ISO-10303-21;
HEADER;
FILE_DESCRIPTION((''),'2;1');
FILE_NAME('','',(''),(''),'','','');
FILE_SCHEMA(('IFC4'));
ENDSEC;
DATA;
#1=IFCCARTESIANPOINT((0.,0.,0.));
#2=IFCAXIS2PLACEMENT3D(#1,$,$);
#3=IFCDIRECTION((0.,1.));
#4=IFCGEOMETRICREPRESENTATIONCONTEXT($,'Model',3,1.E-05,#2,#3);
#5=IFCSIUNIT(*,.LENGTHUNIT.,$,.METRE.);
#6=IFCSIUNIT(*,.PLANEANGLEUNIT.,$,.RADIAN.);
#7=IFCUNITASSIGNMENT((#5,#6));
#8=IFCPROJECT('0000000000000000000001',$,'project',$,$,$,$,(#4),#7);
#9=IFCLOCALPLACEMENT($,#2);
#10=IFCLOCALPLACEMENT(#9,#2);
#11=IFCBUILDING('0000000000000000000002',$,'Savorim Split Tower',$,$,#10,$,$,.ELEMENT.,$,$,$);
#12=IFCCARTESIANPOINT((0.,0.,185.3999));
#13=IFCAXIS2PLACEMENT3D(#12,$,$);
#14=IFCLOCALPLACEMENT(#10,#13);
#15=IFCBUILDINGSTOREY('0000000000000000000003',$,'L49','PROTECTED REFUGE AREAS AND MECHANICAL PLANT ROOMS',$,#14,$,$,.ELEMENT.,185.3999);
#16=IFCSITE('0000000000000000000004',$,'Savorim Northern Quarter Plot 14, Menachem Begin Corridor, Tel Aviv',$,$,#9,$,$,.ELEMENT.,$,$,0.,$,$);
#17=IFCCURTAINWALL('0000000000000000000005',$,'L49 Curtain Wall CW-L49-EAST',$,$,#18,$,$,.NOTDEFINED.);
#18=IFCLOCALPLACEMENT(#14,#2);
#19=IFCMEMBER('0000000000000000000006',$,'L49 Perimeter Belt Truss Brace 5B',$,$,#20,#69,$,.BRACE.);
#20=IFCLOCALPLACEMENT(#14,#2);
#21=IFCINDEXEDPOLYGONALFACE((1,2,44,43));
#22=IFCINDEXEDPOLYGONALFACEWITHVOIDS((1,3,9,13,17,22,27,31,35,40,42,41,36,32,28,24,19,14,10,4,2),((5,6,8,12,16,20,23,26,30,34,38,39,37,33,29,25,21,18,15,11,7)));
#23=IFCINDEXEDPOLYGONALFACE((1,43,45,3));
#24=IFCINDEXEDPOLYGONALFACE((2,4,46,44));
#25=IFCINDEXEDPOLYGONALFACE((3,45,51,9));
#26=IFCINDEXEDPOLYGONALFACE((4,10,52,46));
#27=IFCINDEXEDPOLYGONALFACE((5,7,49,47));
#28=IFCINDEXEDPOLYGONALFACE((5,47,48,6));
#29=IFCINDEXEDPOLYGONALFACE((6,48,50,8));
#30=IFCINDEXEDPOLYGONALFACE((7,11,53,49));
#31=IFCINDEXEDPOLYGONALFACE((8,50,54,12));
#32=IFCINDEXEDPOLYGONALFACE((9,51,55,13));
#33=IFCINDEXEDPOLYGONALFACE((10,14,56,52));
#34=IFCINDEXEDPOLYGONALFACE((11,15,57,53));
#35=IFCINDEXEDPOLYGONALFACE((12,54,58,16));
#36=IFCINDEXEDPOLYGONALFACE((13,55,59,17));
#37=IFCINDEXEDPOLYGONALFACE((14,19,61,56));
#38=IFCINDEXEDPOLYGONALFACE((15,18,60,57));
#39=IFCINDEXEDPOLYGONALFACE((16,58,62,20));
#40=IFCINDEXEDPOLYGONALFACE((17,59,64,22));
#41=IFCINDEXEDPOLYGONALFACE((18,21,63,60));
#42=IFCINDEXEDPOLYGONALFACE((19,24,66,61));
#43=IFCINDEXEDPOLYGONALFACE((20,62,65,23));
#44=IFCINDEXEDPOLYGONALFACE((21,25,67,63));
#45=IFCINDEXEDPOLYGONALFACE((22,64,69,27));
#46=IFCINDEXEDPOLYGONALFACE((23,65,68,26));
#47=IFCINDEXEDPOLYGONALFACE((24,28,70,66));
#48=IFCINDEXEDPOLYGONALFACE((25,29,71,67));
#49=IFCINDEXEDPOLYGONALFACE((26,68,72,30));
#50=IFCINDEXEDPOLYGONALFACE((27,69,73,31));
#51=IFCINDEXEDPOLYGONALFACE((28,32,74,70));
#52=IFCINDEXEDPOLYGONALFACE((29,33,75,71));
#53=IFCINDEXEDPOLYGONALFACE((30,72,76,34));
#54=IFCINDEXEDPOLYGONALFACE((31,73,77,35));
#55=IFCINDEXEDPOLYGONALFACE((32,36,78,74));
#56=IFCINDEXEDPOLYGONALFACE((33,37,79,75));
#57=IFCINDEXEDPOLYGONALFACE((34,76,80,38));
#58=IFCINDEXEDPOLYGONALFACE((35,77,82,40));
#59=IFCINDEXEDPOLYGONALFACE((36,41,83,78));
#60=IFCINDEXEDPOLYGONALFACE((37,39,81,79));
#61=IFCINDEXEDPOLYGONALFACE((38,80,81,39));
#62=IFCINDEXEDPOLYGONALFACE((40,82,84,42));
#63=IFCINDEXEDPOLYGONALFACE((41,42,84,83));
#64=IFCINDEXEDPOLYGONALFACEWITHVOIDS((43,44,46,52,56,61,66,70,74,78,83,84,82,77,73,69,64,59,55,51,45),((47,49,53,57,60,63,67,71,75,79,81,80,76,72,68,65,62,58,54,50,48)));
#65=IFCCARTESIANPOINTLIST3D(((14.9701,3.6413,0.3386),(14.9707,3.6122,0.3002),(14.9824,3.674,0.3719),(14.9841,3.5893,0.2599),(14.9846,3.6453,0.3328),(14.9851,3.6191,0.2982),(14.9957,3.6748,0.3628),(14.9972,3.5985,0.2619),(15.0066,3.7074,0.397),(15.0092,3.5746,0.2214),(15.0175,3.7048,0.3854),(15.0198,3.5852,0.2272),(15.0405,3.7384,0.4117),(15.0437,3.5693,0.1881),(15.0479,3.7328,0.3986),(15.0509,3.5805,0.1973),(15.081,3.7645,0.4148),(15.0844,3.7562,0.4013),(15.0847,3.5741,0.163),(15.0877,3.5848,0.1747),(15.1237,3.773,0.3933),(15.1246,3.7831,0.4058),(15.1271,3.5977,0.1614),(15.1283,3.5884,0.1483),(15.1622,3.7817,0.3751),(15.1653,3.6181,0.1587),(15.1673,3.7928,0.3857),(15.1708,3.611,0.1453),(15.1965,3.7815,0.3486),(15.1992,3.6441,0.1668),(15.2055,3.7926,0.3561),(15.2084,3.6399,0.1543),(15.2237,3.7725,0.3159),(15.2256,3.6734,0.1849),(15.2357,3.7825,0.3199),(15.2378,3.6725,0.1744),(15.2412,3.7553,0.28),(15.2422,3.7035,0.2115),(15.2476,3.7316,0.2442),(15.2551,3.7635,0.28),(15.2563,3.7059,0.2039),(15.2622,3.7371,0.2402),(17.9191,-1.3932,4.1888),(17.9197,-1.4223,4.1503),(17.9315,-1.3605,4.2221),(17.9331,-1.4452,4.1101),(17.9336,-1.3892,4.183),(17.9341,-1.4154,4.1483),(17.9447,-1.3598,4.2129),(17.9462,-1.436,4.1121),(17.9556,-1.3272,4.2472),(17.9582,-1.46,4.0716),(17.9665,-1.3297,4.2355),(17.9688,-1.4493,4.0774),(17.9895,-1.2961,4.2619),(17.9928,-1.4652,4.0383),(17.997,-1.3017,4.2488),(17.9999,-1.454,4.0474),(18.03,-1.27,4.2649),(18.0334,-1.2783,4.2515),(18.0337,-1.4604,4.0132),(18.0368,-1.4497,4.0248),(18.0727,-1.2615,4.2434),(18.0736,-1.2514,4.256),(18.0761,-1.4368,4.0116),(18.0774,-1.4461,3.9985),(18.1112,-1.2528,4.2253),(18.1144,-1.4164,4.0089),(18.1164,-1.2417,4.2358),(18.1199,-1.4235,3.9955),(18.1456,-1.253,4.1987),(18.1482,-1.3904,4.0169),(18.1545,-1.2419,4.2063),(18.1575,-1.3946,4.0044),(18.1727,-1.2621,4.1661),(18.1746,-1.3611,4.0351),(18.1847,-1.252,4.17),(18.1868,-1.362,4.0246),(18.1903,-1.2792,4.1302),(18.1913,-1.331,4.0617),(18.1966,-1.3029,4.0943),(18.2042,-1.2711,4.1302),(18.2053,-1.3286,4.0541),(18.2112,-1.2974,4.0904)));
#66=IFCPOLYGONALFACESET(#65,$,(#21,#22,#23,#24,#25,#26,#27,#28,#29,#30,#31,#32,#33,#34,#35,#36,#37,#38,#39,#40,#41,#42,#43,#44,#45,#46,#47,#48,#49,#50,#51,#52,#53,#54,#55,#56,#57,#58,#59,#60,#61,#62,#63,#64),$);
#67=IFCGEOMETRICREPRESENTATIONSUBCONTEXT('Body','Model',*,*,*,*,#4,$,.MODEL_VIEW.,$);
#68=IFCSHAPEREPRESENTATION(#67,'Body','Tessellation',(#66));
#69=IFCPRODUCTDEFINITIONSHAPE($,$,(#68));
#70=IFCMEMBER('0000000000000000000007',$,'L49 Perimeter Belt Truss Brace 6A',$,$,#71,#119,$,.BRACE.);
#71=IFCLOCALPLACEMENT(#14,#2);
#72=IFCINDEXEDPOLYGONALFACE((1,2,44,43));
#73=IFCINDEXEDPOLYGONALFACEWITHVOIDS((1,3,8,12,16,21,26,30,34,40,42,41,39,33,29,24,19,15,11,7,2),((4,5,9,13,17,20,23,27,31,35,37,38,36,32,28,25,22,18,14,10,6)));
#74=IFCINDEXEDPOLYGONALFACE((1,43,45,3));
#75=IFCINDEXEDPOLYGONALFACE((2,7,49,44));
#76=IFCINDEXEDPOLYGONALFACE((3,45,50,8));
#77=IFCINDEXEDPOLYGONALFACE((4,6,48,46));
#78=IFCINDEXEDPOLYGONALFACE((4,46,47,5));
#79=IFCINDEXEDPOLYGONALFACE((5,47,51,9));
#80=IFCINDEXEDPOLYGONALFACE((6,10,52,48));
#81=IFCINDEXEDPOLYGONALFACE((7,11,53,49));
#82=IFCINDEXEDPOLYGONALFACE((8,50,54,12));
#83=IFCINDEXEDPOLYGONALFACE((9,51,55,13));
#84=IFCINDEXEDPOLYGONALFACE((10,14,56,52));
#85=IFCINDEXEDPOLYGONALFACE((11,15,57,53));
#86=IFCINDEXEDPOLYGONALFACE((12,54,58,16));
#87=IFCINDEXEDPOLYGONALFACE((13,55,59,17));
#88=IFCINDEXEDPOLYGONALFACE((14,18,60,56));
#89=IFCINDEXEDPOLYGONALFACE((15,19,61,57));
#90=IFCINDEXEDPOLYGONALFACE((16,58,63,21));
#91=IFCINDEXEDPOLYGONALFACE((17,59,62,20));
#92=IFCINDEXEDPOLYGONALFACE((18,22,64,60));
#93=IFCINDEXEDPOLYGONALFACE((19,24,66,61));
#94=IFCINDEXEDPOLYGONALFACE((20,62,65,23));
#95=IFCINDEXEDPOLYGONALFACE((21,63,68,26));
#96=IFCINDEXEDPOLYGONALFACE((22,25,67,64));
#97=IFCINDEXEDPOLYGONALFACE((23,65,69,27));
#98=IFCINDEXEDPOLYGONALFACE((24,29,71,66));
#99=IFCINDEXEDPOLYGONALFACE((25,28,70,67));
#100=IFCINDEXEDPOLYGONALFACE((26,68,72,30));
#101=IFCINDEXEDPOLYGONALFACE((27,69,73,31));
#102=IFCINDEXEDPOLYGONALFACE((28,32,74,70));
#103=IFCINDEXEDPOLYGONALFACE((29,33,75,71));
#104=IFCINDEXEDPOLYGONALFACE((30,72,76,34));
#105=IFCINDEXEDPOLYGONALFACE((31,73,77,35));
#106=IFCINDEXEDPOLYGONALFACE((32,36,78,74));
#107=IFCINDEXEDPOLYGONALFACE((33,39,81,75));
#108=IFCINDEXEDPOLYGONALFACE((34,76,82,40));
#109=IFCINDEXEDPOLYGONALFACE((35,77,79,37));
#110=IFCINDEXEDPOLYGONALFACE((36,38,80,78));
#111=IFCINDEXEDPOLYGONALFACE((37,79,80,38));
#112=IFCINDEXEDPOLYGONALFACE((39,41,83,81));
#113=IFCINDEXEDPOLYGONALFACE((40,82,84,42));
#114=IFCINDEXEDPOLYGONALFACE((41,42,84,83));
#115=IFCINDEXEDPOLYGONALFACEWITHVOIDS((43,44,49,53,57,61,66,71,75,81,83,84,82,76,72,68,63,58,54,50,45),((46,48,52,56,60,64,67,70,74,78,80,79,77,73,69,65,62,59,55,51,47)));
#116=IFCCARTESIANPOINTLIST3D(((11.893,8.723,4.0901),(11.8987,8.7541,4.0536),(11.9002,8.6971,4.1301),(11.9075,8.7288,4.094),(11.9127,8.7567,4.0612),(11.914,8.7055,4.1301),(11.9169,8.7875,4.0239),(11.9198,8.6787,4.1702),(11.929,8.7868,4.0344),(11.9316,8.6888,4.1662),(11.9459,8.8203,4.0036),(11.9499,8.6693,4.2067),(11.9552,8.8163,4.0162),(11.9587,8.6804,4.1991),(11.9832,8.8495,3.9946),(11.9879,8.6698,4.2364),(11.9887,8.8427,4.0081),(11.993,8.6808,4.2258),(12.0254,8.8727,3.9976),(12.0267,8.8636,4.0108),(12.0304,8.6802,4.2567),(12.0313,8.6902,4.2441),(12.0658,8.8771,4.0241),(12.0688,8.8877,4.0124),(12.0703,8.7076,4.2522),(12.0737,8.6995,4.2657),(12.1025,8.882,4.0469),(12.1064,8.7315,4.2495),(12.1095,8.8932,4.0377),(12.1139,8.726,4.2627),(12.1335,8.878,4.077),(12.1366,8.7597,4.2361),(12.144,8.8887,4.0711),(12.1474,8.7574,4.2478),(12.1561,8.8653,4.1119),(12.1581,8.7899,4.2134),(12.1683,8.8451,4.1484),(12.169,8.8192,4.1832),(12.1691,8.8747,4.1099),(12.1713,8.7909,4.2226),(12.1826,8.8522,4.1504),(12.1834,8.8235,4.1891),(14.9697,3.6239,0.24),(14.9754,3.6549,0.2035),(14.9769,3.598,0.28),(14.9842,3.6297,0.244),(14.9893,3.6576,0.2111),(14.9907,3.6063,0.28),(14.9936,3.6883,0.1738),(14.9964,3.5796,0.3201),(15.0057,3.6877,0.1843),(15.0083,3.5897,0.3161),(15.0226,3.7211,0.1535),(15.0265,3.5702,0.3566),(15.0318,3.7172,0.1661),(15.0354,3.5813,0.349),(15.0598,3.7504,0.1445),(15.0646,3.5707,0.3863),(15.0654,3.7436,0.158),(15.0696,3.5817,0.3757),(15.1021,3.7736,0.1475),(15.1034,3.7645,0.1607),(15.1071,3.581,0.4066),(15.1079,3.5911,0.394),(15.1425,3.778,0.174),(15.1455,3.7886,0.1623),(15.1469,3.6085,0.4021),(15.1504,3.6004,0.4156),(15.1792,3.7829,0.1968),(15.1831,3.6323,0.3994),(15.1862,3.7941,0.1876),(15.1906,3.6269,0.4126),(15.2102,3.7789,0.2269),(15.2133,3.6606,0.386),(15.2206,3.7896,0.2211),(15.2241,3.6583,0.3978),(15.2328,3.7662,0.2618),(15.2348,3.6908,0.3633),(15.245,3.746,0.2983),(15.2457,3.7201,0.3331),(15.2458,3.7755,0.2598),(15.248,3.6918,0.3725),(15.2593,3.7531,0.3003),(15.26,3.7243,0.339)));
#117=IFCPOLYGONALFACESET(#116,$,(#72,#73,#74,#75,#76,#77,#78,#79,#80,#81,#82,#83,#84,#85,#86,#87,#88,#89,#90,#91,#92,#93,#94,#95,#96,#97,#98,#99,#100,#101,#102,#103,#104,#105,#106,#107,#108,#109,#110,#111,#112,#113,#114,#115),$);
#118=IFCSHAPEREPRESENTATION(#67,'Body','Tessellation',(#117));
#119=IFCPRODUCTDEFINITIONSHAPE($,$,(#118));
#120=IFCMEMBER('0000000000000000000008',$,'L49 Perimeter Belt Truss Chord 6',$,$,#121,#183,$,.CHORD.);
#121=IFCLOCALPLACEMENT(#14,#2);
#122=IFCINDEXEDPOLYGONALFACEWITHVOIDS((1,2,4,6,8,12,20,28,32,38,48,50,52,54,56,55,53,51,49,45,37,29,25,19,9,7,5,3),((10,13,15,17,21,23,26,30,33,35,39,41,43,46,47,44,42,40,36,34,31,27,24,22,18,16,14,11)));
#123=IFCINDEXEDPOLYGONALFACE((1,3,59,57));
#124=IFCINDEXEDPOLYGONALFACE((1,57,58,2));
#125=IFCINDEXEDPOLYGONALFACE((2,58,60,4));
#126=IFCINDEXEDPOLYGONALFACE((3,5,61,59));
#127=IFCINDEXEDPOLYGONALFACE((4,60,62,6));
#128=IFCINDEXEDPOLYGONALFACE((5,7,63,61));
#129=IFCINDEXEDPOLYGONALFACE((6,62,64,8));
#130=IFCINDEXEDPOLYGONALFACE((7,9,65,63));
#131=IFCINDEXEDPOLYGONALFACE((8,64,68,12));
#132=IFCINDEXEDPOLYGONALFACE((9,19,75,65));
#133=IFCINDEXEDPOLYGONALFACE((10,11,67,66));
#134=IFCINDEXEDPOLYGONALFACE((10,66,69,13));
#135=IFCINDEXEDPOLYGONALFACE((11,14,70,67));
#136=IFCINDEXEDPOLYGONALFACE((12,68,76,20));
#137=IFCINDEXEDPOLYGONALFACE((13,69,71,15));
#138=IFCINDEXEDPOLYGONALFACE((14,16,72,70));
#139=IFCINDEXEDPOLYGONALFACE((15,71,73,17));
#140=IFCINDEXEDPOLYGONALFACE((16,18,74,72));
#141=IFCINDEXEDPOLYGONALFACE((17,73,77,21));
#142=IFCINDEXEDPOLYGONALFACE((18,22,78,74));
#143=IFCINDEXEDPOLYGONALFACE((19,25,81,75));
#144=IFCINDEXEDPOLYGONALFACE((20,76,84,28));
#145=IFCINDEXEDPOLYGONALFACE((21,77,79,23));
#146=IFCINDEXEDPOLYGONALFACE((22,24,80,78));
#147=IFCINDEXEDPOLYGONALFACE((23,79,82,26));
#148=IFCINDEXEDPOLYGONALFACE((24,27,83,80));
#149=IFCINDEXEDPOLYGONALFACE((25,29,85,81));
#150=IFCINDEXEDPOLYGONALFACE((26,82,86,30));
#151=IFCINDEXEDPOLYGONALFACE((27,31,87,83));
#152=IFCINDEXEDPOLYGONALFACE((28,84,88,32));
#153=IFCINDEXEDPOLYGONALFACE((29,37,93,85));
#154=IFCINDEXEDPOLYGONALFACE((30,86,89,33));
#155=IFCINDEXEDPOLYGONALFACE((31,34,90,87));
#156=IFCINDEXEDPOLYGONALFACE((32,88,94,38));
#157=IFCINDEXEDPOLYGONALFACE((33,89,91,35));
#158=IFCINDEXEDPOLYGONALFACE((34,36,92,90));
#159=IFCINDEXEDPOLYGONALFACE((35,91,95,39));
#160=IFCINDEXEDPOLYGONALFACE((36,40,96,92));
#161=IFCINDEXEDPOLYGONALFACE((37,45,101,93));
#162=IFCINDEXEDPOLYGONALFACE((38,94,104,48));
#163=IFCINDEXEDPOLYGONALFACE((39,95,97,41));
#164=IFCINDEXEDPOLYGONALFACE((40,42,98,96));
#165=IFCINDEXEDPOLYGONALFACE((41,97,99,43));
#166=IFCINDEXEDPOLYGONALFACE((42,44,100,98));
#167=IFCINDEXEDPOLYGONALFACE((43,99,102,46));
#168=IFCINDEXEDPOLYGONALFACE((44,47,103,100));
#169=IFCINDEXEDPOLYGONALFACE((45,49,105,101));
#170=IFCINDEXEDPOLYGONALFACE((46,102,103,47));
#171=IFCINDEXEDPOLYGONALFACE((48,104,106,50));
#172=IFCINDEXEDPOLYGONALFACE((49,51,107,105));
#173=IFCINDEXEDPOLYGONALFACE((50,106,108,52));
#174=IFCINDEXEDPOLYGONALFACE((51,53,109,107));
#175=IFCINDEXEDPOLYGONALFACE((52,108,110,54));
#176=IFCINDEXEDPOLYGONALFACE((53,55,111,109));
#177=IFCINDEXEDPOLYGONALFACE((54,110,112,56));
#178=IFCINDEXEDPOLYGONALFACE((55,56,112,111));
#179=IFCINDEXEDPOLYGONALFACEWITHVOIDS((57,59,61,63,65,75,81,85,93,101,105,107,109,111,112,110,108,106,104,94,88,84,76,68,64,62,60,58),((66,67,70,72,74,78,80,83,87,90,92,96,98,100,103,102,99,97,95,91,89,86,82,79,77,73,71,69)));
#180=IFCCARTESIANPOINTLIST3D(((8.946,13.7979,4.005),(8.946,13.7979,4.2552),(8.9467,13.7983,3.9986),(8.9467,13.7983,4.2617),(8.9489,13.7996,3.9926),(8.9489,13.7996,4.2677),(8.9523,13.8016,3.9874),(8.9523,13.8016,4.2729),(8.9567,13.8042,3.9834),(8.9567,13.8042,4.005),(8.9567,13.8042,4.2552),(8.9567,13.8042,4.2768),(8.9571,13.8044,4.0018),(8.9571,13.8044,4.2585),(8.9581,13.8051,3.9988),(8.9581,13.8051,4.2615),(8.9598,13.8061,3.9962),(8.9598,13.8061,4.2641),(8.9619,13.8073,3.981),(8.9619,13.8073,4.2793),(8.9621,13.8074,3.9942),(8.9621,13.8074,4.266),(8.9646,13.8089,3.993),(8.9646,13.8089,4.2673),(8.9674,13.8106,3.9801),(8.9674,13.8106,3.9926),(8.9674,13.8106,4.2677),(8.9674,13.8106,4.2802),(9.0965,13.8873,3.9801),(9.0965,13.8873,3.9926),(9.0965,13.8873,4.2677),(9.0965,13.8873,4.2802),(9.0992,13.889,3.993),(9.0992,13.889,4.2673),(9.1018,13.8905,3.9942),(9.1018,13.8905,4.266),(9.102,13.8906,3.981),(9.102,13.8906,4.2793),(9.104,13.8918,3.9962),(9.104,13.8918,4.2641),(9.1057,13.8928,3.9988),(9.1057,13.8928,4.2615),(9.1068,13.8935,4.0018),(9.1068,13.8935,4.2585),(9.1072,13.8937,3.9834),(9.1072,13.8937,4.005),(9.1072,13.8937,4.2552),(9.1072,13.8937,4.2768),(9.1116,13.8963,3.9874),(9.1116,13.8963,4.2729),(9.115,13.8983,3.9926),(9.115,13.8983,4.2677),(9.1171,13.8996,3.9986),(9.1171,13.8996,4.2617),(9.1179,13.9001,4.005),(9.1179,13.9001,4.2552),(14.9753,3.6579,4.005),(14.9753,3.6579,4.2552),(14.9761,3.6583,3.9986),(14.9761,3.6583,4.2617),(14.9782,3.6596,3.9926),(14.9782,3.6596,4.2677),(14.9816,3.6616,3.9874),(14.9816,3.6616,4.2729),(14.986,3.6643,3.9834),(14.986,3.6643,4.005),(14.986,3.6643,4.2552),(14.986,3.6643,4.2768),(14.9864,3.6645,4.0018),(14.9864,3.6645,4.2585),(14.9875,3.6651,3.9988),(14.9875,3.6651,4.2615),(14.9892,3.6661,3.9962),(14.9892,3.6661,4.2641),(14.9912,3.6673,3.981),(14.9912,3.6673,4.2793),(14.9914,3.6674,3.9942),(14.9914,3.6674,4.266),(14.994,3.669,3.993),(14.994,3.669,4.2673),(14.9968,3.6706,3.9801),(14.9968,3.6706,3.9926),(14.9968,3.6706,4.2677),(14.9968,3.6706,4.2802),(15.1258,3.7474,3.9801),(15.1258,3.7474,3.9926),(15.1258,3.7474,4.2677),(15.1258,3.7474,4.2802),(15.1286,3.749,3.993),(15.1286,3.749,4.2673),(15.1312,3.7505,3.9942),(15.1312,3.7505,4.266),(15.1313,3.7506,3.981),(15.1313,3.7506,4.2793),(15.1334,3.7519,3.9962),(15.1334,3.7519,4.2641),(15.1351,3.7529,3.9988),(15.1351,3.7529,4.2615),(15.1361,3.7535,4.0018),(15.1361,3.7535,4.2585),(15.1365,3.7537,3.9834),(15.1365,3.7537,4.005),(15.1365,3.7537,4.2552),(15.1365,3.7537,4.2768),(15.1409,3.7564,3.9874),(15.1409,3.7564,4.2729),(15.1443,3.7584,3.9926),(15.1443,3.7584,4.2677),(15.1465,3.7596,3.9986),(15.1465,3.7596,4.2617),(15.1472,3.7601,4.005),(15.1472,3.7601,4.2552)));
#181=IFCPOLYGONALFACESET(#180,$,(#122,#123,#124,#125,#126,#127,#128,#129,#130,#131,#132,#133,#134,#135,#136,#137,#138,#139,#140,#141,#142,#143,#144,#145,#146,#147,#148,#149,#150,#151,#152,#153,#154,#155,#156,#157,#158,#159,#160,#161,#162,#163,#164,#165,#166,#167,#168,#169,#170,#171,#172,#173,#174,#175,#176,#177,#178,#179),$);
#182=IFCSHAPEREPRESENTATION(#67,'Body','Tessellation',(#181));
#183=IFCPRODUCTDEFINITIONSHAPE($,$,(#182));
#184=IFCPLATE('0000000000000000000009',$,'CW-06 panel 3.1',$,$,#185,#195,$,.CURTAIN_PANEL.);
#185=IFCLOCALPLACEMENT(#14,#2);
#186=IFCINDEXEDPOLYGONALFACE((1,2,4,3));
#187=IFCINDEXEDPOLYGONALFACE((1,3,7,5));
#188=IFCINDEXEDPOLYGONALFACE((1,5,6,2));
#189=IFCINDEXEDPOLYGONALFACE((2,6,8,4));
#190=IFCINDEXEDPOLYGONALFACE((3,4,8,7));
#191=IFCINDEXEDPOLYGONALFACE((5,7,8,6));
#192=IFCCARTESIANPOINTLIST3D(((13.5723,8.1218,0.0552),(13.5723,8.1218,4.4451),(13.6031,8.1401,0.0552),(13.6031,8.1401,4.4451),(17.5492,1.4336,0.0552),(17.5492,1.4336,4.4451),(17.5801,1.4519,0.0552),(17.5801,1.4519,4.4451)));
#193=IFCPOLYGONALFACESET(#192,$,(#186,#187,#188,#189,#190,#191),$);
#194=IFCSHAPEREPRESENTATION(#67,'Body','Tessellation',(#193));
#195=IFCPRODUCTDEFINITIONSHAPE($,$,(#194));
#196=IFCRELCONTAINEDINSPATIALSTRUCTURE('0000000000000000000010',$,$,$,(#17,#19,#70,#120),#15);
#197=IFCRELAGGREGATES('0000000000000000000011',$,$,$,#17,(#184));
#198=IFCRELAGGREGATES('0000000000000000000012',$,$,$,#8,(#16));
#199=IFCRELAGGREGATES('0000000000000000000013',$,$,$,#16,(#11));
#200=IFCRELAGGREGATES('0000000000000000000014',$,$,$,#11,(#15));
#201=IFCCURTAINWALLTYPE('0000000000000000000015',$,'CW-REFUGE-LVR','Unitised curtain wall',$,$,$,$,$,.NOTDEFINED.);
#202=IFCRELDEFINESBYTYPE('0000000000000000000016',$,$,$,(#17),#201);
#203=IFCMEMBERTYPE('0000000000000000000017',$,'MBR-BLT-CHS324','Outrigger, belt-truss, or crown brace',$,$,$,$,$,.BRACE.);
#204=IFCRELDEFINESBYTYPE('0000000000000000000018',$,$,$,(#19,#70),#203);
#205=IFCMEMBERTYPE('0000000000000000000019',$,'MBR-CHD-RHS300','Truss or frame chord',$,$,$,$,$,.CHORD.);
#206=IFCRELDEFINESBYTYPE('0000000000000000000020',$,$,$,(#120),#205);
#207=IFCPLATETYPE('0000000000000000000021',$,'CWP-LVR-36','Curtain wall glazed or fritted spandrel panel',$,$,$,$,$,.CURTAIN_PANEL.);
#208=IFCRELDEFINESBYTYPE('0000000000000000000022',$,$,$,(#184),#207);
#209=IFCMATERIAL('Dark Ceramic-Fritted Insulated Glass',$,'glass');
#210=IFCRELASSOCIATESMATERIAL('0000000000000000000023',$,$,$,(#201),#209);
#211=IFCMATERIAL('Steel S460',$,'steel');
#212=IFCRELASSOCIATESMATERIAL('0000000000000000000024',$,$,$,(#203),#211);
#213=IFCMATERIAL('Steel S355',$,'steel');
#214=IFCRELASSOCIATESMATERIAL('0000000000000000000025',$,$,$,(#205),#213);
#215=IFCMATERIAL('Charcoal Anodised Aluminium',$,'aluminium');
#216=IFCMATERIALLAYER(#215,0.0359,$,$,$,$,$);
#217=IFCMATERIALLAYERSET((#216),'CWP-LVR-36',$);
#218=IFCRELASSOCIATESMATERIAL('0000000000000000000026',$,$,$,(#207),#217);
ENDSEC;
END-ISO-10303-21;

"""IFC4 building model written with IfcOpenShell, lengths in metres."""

from ifc_helpers import new_model, si_unit, direction, frame, origin, origin_2d, place, context, subcontext, project, spatial, rectangle, hollow_rectangle, hollow_circle, extrude, material, layer, layer_set, material_profile, profile_set, type_object, element, aggregate, save


model = new_model("IFC4")

# Units and contexts
model_context = context("Model", 3, precision=1e-05, world=origin(), true_north=direction((0.0, 1.0)))
body_context = subcontext(model_context, "Body", "Model", "MODEL_VIEW")
ifc_project = project(units=[si_unit("LENGTHUNIT", "METRE"), si_unit("PLANEANGLEUNIT", "RADIAN")], contexts=[model_context])

# Site, building, storey
site_placement = place(None, origin())
site = spatial("IfcSite", under=ifc_project, at=site_placement, Name="Savorim Northern Quarter Plot 14, Menachem Begin Corridor, Tel Aviv", CompositionType="ELEMENT", RefElevation=0.0)
building_placement = place(site_placement, origin())
building = spatial("IfcBuilding", under=site, at=building_placement, Name="Savorim Split Tower", CompositionType="ELEMENT")
storey_placement = place(building_placement, frame((0.0, 0.0, 185.3999)))
storey = spatial("IfcBuildingStorey", under=building, at=storey_placement, Name="L49", Description="PROTECTED REFUGE AREAS AND MECHANICAL PLANT ROOMS", CompositionType="ELEMENT", Elevation=185.3999)

# Shared definitions
ifc_material_1 = material(Name="Steel S355", Category="steel")

# Curtain wall
ifc_material_2 = material(Name="Dark Ceramic-Fritted Insulated Glass", Category="glass")
curtain_wall_type = type_object("IfcCurtainWallType", Name="CW-REFUGE-LVR", Description="Unitised curtain wall", PredefinedType="NOTDEFINED", material=ifc_material_2)
curtain_wall_placement = place(storey_placement, origin())
curtain_wall = element("IfcCurtainWall", 1, at=curtain_wall_placement, inside=storey, type_object=curtain_wall_type, Name="L49 Curtain Wall CW-L49-EAST", PredefinedType="NOTDEFINED")
ifc_material_3 = material(Name="Charcoal Anodised Aluminium", Category="aluminium")

# Members
ifc_material_4 = material(Name="Steel S460", Category="steel")
ifc_material_profile_1 = material_profile(ifc_material_4, hollow_circle(Radius=0.1619, WallThickness=0.0161, at=origin_2d()), Name="CHS 323.9x16")
ifc_profile_set_1 = profile_set([ifc_material_profile_1], Name="Steel S460")
member_type_1 = type_object("IfcMemberType", Name="MBR-BLT-CHS324", Description="Outrigger, belt-truss, or crown brace", PredefinedType="BRACE", material=ifc_profile_set_1)
member_1_placement = place(storey_placement, frame((15.1155, 3.6816, 0.28), z_axis=(0.421863, -0.720195, 0.550772), x_axis=(0.862865, 0.505434, 0.0)))
element("IfcMember", 2, at=member_1_placement, inside=storey, type_object=member_type_1, Name="L49 Perimeter Belt Truss Brace 5B", PredefinedType="BRACE", context=body_context, shape_type="SweptSolid", body=[
    extrude(hollow_circle(Radius=0.1619, WallThickness=0.0161, at=origin_2d()), origin(), (0.0, 0.0, 1.0), 6.9905),
])
member_2_placement = place(storey_placement, frame((15.1155, 3.6816, 0.28), z_axis=(-0.433849, 0.719042, 0.542913), x_axis=(-0.856217, -0.516616, 0.0)))
element("IfcMember", 3, at=member_2_placement, inside=storey, type_object=member_type_1, Name="L49 Perimeter Belt Truss Brace 6A", PredefinedType="BRACE", context=body_context, shape_type="SweptSolid", body=[
    extrude(hollow_circle(Radius=0.1619, WallThickness=0.0161, at=origin_2d()), origin(), (0.0, 0.0, 1.0), 7.0916),
])
ifc_material_profile_2 = material_profile(ifc_material_1, hollow_rectangle(XDim=0.2, YDim=0.3, WallThickness=0.0125, InnerFilletRadius=0.0125, OuterFilletRadius=0.0249, at=origin_2d()), Name="RHS 300x200x12.5")
ifc_profile_set_2 = profile_set([ifc_material_profile_2], Name="Steel S355")
member_type_2 = type_object("IfcMemberType", Name="MBR-CHD-RHS300", Description="Truss or frame chord", PredefinedType="CHORD", material=ifc_profile_set_2)
member_3_placement = place(storey_placement, frame((15.0613, 3.709, 4.1301), z_axis=(-0.511086, 0.859529, 0.0), x_axis=(-0.859529, -0.511086, 0.0)))
element("IfcMember", 4, at=member_3_placement, inside=storey, type_object=member_type_2, Name="L49 Perimeter Belt Truss Chord 6", PredefinedType="CHORD", context=body_context, shape_type="SweptSolid", body=[
    extrude(hollow_rectangle(XDim=0.2, YDim=0.3, WallThickness=0.0125, InnerFilletRadius=0.0125, OuterFilletRadius=0.0249, at=origin_2d()), origin(), (0.0, 0.0, 1.0), 11.7971),
])

# Plate
ifc_layer_1 = layer(ifc_material_3, 0.0359)
ifc_layer_set_1 = layer_set([ifc_layer_1], Name="CWP-LVR-36")
plate_type_1 = type_object("IfcPlateType", Name="CWP-LVR-36", Description="Curtain wall glazed or fritted spandrel panel", PredefinedType="CURTAIN_PANEL", material=ifc_layer_set_1)
plate_1_placement = place(storey_placement, frame((15.5762, 4.7869, 0.0552), z_axis=(0.0, 0.0, 1.0), x_axis=(-0.511092, 0.859526, 0.0)))
plate_1 = element("IfcPlate", 5, at=plate_1_placement, type_object=plate_type_1, Name="CW-06 panel 3.1", PredefinedType="CURTAIN_PANEL", context=body_context, shape_type="SweptSolid", body=[
    extrude(rectangle(XDim=7.7812, YDim=0.0359, at=origin_2d()), origin(), (0.0, 0.0, 1.0), 4.3899),
])
aggregate(curtain_wall, [plate_1])

save(model, "model.ifc")
